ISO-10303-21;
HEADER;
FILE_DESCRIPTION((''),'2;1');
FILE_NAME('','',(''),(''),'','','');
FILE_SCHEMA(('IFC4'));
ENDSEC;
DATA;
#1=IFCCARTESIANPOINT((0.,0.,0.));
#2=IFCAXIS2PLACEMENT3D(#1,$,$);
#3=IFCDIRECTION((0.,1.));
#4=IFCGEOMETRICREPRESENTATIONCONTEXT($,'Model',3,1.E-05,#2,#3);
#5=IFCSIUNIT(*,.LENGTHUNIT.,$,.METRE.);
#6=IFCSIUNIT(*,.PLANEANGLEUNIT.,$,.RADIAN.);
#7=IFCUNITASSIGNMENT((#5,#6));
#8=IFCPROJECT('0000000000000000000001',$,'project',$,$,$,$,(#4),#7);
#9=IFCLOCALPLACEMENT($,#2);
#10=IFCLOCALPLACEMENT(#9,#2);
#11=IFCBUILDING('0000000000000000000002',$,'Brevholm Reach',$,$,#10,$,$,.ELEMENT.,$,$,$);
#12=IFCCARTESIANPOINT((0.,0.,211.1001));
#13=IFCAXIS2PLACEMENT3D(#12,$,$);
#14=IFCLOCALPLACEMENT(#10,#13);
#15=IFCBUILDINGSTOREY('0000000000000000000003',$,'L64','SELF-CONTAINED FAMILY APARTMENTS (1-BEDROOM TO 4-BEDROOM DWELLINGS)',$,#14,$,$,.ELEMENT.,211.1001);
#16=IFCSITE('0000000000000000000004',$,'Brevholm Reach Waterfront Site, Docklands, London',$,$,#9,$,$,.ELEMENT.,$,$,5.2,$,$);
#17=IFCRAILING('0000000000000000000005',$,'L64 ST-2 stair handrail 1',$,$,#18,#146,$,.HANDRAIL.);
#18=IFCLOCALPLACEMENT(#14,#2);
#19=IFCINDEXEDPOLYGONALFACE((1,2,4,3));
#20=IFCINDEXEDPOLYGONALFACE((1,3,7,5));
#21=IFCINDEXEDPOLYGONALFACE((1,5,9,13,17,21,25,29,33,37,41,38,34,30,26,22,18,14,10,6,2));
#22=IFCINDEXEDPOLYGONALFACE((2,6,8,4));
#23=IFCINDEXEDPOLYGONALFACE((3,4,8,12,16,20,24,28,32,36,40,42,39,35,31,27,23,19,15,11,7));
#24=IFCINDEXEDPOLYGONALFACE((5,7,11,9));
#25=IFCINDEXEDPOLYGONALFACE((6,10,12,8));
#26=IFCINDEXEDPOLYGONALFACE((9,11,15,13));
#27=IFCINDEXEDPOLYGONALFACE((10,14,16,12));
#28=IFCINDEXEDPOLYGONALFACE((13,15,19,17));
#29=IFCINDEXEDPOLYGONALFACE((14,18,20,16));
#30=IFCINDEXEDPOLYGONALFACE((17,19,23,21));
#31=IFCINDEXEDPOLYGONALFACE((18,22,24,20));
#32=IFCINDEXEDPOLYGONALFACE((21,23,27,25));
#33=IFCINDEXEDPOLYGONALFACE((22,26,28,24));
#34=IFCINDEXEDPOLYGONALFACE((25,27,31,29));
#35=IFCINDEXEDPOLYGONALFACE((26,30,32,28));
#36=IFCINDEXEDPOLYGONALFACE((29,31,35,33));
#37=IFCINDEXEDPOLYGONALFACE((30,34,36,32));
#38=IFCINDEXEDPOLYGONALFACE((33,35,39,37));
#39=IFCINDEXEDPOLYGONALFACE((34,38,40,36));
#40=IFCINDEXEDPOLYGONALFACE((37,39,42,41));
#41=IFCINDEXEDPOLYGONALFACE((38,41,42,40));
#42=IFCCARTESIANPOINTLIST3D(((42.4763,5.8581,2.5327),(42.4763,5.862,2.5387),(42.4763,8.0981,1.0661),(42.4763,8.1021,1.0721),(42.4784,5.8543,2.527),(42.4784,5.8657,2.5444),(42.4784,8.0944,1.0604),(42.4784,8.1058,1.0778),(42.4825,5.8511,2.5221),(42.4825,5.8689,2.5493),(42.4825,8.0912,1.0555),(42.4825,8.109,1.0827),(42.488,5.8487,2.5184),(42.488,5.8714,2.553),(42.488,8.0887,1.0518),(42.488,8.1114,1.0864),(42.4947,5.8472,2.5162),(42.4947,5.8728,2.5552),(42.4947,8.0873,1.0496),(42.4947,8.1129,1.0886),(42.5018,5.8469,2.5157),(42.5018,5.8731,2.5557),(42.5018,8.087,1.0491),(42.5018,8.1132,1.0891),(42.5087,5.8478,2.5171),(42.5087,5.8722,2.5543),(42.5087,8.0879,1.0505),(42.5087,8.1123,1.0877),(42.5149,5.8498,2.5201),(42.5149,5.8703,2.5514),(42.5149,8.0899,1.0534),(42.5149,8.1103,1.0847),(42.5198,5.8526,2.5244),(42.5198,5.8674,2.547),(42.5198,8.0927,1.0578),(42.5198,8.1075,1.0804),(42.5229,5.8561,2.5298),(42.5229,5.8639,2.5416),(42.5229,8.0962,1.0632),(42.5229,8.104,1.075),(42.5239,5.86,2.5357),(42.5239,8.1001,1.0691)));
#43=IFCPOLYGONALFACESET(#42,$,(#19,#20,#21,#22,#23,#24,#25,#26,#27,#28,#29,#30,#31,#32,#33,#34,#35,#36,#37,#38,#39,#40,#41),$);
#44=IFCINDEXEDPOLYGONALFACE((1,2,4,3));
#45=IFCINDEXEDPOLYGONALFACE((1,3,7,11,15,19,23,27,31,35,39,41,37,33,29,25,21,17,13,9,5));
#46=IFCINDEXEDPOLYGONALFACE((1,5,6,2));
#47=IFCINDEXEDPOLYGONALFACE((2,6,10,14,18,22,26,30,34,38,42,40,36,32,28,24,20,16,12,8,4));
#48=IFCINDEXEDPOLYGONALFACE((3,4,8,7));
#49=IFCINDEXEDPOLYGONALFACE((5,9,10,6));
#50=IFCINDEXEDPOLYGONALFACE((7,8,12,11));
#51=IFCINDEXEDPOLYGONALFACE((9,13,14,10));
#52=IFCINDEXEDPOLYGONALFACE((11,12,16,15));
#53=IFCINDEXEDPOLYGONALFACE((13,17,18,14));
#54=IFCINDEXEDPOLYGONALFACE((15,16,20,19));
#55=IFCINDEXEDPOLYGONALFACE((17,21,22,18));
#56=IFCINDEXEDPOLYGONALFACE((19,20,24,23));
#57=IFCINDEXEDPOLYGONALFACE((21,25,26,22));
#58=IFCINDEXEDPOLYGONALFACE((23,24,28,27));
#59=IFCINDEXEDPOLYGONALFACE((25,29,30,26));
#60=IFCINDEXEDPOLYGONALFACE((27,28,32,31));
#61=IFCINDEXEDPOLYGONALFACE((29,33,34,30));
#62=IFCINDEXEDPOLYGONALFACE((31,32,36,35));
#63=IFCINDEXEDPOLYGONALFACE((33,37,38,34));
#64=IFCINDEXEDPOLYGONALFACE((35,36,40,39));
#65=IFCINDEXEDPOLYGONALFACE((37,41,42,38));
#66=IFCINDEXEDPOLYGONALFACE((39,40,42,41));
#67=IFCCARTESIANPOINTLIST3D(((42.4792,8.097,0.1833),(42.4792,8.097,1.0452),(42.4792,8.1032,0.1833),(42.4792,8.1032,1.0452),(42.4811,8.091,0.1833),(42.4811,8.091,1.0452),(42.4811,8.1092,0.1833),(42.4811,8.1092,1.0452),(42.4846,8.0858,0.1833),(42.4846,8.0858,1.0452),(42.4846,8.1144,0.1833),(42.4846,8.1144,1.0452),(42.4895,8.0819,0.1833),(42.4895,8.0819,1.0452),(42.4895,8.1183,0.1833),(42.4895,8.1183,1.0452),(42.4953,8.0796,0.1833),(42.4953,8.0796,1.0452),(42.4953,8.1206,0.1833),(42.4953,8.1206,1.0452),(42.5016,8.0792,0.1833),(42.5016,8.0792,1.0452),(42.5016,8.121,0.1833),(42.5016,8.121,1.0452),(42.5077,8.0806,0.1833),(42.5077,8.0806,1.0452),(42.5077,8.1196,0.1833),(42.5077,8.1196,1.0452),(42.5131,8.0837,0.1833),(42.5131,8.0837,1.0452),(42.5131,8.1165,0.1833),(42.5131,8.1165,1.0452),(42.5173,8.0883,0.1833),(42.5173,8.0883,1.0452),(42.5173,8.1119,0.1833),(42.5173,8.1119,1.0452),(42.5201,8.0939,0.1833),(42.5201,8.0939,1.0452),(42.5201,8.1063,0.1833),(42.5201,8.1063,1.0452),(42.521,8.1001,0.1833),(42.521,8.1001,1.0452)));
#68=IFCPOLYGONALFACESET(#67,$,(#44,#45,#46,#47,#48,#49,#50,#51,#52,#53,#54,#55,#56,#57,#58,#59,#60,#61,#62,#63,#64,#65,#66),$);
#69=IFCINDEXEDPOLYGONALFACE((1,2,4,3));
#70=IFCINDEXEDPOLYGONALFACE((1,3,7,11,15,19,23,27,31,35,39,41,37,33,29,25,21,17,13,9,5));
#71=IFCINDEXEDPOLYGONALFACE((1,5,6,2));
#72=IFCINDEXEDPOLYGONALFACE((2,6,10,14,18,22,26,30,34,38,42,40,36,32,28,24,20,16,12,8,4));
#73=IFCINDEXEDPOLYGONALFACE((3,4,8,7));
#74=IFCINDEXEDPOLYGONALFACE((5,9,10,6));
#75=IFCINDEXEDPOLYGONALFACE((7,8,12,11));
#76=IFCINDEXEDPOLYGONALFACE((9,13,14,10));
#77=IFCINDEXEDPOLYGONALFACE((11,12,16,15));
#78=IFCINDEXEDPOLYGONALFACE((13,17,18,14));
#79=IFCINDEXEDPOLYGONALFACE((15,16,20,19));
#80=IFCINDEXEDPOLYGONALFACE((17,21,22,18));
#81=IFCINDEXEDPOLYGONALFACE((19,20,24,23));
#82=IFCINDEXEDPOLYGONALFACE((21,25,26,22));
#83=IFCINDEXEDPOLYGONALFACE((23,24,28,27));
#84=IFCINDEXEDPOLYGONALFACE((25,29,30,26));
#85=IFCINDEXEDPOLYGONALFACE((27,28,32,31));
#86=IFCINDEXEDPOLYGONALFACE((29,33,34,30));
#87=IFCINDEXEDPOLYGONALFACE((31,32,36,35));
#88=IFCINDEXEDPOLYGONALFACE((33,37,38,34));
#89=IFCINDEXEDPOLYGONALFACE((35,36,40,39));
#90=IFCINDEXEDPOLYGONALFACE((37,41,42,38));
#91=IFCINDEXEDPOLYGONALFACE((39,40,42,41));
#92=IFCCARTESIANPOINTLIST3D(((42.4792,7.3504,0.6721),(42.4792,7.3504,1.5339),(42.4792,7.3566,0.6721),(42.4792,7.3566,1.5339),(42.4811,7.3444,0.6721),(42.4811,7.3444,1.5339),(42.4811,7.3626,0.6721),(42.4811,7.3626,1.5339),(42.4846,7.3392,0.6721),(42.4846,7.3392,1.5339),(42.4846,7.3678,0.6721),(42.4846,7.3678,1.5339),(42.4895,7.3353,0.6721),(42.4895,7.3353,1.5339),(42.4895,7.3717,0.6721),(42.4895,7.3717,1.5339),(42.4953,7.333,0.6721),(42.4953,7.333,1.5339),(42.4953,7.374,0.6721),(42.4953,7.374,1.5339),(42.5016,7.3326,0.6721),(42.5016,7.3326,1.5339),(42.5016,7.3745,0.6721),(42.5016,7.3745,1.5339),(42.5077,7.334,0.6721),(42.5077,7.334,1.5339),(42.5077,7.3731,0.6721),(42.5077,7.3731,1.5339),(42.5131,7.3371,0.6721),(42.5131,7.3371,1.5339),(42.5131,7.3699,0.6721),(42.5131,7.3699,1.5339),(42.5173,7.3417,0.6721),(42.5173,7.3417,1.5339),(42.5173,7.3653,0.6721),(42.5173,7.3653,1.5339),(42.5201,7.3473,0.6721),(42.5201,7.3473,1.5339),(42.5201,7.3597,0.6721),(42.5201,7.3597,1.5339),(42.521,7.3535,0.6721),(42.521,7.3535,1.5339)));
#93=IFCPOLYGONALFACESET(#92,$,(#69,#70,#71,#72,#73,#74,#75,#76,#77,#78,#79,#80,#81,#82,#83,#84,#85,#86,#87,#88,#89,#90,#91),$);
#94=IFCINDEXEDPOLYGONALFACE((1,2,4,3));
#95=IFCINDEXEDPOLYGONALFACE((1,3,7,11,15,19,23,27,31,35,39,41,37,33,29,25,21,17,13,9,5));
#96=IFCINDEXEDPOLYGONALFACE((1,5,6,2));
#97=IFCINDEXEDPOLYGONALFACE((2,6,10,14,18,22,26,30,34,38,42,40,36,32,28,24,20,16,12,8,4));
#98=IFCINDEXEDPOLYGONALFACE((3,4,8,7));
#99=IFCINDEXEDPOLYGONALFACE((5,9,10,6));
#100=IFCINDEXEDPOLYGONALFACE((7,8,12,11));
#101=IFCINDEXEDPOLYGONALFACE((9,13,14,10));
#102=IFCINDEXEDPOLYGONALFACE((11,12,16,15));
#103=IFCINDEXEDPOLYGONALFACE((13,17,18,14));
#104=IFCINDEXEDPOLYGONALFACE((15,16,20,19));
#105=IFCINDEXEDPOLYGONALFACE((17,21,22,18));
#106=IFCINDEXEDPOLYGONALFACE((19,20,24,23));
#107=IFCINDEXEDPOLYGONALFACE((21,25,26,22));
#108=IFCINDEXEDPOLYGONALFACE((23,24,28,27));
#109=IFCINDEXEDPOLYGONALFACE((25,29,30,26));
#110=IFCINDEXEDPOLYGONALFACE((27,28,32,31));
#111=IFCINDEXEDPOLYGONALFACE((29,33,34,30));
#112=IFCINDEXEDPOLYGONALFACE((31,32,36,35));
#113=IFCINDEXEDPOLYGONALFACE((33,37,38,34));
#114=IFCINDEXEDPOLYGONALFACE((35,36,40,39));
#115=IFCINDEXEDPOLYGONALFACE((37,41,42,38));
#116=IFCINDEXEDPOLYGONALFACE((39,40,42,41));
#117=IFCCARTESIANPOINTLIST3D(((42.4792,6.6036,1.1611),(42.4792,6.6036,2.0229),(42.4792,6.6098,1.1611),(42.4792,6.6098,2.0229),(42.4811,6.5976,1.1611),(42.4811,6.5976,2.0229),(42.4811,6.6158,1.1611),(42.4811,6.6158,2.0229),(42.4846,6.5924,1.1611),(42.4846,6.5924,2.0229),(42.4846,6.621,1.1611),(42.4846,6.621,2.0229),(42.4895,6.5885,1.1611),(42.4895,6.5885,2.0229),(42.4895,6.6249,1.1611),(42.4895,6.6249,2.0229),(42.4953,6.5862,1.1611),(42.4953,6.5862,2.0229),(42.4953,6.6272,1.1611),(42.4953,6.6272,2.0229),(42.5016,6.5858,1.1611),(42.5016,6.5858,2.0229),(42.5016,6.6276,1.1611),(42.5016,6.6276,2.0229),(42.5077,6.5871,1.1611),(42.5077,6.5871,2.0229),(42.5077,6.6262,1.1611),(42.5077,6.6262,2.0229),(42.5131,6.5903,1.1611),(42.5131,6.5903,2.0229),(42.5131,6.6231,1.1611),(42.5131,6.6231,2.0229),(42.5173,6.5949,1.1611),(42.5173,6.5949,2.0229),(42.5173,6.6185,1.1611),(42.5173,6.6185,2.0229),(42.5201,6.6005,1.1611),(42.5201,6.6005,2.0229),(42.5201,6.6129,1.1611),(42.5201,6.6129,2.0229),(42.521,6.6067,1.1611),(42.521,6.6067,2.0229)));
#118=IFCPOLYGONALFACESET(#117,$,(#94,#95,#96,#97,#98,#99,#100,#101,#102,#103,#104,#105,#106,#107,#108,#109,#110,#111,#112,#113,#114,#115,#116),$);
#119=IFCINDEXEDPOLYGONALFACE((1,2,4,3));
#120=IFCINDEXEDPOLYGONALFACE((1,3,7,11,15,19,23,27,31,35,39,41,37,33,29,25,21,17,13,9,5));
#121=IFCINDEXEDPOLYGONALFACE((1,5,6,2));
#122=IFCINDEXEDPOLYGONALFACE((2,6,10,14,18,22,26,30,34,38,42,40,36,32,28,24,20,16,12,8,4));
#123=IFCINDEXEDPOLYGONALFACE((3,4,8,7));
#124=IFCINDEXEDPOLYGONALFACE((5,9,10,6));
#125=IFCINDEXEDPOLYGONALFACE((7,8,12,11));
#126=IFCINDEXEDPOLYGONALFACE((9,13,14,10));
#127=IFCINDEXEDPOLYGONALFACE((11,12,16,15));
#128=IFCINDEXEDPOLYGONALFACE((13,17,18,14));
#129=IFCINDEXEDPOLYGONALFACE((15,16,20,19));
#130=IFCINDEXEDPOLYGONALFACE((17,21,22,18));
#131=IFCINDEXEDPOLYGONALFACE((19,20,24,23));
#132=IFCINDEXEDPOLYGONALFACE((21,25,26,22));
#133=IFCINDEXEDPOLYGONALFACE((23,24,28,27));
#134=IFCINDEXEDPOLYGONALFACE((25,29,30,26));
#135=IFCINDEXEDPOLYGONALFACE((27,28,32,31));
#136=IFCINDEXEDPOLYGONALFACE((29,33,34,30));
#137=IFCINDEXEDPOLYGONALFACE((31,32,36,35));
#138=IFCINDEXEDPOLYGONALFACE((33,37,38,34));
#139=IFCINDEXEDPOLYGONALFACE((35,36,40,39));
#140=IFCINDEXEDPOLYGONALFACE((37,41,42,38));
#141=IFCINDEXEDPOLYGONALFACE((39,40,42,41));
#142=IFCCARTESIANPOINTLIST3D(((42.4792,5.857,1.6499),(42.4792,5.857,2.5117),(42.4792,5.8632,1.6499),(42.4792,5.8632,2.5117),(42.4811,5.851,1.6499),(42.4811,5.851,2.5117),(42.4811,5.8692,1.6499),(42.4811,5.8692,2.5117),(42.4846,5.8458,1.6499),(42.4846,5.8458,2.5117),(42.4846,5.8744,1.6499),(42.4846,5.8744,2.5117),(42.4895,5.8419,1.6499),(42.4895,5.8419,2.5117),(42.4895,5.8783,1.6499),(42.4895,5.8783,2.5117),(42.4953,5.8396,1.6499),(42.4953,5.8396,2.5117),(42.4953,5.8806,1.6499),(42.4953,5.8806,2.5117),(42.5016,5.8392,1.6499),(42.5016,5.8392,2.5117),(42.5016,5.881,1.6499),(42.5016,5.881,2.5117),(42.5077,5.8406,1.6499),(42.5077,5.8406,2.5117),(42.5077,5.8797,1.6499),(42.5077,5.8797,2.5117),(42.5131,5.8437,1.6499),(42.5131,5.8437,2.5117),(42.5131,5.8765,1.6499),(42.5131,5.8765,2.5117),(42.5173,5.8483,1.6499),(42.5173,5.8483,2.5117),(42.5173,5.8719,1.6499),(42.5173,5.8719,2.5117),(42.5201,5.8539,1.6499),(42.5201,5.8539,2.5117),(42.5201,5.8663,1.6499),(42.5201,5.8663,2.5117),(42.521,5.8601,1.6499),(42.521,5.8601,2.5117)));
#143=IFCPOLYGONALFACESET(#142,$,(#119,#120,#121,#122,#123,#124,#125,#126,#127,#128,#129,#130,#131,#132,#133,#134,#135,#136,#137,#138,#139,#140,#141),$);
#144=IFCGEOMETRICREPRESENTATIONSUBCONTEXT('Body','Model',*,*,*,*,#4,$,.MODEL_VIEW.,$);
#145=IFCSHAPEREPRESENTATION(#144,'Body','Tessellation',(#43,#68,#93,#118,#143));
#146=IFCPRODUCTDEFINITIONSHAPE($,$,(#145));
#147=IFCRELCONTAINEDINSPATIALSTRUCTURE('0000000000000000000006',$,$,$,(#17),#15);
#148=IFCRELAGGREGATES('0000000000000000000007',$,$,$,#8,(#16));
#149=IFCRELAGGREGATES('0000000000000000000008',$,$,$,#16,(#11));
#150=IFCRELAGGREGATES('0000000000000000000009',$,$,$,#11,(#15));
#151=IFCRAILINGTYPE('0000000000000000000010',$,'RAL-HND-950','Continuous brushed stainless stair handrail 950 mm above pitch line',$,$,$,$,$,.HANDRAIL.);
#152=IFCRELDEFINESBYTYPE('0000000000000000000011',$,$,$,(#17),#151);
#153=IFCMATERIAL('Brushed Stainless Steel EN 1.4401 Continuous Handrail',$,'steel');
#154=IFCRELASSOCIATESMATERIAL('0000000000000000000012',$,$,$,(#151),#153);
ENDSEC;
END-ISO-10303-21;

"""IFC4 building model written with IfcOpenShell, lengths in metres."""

from ifc_helpers import new_model, si_unit, direction, frame, origin, origin_2d, place, context, subcontext, project, spatial, circle, extrude, material, type_object, element, save


model = new_model("IFC4")

# Units and contexts
model_context = context("Model", 3, precision=1e-05, world=origin(), true_north=direction((0.0, 1.0)))
body_context = subcontext(model_context, "Body", "Model", "MODEL_VIEW")
ifc_project = project(units=[si_unit("LENGTHUNIT", "METRE"), si_unit("PLANEANGLEUNIT", "RADIAN")], contexts=[model_context])

# Site, building, storey
site_placement = place(None, origin())
site = spatial("IfcSite", under=ifc_project, at=site_placement, Name="Brevholm Reach Waterfront Site, Docklands, London", CompositionType="ELEMENT", RefElevation=5.2)
building_placement = place(site_placement, origin())
building = spatial("IfcBuilding", under=site, at=building_placement, Name="Brevholm Reach", CompositionType="ELEMENT")
storey_placement = place(building_placement, frame((0.0, 0.0, 211.1001)))
storey = spatial("IfcBuildingStorey", under=building, at=storey_placement, Name="L64", Description="SELF-CONTAINED FAMILY APARTMENTS (1-BEDROOM TO 4-BEDROOM DWELLINGS)", CompositionType="ELEMENT", Elevation=211.1001)

# Railing
ifc_material_1 = material(Name="Brushed Stainless Steel EN 1.4401 Continuous Handrail", Category="steel")
railing_type_1 = type_object("IfcRailingType", Name="RAL-HND-950", Description="Continuous brushed stainless stair handrail 950 mm above pitch line", PredefinedType="HANDRAIL", material=ifc_material_1)
railing_1_placement = place(storey_placement, frame((42.5, 8.1001, 0.1833)))
element("IfcRailing", 1, at=railing_1_placement, inside=storey, type_object=railing_type_1, Name="L64 ST-2 stair handrail 1", PredefinedType="HANDRAIL", context=body_context, shape_type="SweptSolid", body=[
    extrude(circle(Radius=0.0239, at=origin_2d()), frame((0.0, 0.0, 0.8857), z_axis=(0.0, -0.836637, 0.547758), x_axis=(1.0, 0.0, 0.0)), (0.0, 0.0, 1.0), 2.6775),
    extrude(circle(Radius=0.021, at=origin_2d()), origin(), (0.0, 0.0, 1.0), 0.8618),
    extrude(circle(Radius=0.021, at=origin_2d()), frame((0.0, -0.7466, 0.4888)), (0.0, 0.0, 1.0), 0.8618),
    extrude(circle(Radius=0.021, at=origin_2d()), frame((0.0, -1.4934, 0.9778)), (0.0, 0.0, 1.0), 0.8618),
    extrude(circle(Radius=0.021, at=origin_2d()), frame((0.0, -2.24, 1.4666)), (0.0, 0.0, 1.0), 0.8618),
])

save(model, "model.ifc")
